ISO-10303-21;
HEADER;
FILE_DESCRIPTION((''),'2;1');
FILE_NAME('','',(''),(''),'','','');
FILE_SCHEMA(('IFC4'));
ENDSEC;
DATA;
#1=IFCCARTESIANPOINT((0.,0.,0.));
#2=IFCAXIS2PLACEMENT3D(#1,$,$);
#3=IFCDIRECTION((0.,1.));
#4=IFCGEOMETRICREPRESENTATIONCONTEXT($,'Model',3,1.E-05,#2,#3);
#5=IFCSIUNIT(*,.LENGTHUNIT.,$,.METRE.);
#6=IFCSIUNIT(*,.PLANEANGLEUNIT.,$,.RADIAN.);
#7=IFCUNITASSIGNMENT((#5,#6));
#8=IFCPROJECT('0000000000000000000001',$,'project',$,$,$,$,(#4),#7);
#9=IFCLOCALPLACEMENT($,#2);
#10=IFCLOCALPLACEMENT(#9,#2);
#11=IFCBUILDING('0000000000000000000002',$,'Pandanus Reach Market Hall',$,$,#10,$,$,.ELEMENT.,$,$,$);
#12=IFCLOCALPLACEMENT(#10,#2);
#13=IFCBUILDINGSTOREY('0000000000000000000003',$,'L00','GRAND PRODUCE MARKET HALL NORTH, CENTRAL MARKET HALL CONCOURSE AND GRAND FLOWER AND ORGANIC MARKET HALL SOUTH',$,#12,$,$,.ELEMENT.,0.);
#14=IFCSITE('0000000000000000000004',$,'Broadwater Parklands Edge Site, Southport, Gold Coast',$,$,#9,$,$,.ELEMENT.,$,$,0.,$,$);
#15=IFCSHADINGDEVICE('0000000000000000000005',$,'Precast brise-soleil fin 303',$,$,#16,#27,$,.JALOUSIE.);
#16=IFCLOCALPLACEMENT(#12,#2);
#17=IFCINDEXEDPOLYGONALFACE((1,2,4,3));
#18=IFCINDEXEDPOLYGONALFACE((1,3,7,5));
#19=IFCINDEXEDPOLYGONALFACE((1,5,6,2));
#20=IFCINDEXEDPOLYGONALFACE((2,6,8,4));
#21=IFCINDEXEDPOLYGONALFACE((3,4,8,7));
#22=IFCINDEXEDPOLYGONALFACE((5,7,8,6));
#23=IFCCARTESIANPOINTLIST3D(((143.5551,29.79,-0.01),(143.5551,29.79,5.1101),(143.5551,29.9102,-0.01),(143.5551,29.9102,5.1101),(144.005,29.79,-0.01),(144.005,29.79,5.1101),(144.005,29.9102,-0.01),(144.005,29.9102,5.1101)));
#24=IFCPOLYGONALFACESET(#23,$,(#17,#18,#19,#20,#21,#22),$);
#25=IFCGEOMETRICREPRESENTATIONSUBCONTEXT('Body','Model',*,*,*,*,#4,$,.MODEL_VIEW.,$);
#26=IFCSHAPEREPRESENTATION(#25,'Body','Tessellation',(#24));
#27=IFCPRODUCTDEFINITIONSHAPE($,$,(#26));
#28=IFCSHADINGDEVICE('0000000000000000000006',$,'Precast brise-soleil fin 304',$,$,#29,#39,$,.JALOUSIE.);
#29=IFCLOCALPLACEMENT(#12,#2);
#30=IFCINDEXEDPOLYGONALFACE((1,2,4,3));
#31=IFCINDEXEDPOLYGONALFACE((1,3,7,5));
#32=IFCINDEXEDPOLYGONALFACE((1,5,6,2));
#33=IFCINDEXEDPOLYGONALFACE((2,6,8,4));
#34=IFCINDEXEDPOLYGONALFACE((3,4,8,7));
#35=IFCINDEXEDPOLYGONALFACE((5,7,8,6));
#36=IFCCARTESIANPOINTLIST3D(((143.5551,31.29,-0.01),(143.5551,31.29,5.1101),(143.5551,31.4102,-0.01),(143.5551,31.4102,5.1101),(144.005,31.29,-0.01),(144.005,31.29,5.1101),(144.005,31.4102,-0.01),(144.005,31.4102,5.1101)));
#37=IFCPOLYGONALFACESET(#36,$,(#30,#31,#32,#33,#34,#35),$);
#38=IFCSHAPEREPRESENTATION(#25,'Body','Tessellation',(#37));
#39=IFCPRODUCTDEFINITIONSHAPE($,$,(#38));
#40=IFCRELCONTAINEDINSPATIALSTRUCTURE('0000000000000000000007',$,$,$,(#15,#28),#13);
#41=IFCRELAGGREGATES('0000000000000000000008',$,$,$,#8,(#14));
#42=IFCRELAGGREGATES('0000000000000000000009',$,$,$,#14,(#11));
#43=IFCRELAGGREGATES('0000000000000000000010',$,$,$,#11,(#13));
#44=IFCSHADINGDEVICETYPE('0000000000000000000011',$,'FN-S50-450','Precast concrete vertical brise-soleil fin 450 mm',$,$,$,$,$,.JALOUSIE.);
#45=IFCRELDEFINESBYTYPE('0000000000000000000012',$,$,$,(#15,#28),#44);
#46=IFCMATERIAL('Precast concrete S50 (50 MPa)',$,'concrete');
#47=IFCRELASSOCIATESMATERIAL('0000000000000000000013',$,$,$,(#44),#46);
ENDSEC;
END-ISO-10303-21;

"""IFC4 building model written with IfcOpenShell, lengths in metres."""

from ifc_helpers import new_model, si_unit, direction, frame, origin, origin_2d, place, context, subcontext, project, spatial, rectangle, extrude, material, type_object, element, save


model = new_model("IFC4")

# Units and contexts
model_context = context("Model", 3, precision=1e-05, world=origin(), true_north=direction((0.0, 1.0)))
body_context = subcontext(model_context, "Body", "Model", "MODEL_VIEW")
ifc_project = project(units=[si_unit("LENGTHUNIT", "METRE"), si_unit("PLANEANGLEUNIT", "RADIAN")], contexts=[model_context])

# Site, building, storey
site_placement = place(None, origin())
site = spatial("IfcSite", under=ifc_project, at=site_placement, Name="Broadwater Parklands Edge Site, Southport, Gold Coast", CompositionType="ELEMENT", RefElevation=0.0)
building_placement = place(site_placement, origin())
building = spatial("IfcBuilding", under=site, at=building_placement, Name="Pandanus Reach Market Hall", CompositionType="ELEMENT")
storey_placement = place(building_placement, origin())
storey = spatial("IfcBuildingStorey", under=building, at=storey_placement, Name="L00", Description="GRAND PRODUCE MARKET HALL NORTH, CENTRAL MARKET HALL CONCOURSE AND GRAND FLOWER AND ORGANIC MARKET HALL SOUTH", CompositionType="ELEMENT", Elevation=0.0)

# Shading devices
ifc_material_1 = material(Name="Precast concrete S50 (50 MPa)", Category="concrete")
shading_device_type = type_object("IfcShadingDeviceType", Name="FN-S50-450", Description="Precast concrete vertical brise-soleil fin 450 mm", PredefinedType="JALOUSIE", material=ifc_material_1)
for number, where, z_axis, x_axis, name in (
    (1, (143.78, 29.8501, -0.01), (0.0, 0.0, 1.0), (-1.0, 0.0, 0.0), "Precast brise-soleil fin 303"),
    (2, (143.78, 31.3501, -0.01), (0.0, 0.0, 1.0), (-1.0, 0.0, 0.0), "Precast brise-soleil fin 304"),
):
    element("IfcShadingDevice", number, at=place(storey_placement, frame(where, z_axis=z_axis, x_axis=x_axis)), inside=storey, type_object=shading_device_type, Name=name, PredefinedType="JALOUSIE", context=body_context, shape_type="SweptSolid", body=[
        extrude(rectangle(XDim=0.45, YDim=0.1201, at=origin_2d()), origin(), (0.0, 0.0, 1.0), 5.1201),
    ])

save(model, "model.ifc")
